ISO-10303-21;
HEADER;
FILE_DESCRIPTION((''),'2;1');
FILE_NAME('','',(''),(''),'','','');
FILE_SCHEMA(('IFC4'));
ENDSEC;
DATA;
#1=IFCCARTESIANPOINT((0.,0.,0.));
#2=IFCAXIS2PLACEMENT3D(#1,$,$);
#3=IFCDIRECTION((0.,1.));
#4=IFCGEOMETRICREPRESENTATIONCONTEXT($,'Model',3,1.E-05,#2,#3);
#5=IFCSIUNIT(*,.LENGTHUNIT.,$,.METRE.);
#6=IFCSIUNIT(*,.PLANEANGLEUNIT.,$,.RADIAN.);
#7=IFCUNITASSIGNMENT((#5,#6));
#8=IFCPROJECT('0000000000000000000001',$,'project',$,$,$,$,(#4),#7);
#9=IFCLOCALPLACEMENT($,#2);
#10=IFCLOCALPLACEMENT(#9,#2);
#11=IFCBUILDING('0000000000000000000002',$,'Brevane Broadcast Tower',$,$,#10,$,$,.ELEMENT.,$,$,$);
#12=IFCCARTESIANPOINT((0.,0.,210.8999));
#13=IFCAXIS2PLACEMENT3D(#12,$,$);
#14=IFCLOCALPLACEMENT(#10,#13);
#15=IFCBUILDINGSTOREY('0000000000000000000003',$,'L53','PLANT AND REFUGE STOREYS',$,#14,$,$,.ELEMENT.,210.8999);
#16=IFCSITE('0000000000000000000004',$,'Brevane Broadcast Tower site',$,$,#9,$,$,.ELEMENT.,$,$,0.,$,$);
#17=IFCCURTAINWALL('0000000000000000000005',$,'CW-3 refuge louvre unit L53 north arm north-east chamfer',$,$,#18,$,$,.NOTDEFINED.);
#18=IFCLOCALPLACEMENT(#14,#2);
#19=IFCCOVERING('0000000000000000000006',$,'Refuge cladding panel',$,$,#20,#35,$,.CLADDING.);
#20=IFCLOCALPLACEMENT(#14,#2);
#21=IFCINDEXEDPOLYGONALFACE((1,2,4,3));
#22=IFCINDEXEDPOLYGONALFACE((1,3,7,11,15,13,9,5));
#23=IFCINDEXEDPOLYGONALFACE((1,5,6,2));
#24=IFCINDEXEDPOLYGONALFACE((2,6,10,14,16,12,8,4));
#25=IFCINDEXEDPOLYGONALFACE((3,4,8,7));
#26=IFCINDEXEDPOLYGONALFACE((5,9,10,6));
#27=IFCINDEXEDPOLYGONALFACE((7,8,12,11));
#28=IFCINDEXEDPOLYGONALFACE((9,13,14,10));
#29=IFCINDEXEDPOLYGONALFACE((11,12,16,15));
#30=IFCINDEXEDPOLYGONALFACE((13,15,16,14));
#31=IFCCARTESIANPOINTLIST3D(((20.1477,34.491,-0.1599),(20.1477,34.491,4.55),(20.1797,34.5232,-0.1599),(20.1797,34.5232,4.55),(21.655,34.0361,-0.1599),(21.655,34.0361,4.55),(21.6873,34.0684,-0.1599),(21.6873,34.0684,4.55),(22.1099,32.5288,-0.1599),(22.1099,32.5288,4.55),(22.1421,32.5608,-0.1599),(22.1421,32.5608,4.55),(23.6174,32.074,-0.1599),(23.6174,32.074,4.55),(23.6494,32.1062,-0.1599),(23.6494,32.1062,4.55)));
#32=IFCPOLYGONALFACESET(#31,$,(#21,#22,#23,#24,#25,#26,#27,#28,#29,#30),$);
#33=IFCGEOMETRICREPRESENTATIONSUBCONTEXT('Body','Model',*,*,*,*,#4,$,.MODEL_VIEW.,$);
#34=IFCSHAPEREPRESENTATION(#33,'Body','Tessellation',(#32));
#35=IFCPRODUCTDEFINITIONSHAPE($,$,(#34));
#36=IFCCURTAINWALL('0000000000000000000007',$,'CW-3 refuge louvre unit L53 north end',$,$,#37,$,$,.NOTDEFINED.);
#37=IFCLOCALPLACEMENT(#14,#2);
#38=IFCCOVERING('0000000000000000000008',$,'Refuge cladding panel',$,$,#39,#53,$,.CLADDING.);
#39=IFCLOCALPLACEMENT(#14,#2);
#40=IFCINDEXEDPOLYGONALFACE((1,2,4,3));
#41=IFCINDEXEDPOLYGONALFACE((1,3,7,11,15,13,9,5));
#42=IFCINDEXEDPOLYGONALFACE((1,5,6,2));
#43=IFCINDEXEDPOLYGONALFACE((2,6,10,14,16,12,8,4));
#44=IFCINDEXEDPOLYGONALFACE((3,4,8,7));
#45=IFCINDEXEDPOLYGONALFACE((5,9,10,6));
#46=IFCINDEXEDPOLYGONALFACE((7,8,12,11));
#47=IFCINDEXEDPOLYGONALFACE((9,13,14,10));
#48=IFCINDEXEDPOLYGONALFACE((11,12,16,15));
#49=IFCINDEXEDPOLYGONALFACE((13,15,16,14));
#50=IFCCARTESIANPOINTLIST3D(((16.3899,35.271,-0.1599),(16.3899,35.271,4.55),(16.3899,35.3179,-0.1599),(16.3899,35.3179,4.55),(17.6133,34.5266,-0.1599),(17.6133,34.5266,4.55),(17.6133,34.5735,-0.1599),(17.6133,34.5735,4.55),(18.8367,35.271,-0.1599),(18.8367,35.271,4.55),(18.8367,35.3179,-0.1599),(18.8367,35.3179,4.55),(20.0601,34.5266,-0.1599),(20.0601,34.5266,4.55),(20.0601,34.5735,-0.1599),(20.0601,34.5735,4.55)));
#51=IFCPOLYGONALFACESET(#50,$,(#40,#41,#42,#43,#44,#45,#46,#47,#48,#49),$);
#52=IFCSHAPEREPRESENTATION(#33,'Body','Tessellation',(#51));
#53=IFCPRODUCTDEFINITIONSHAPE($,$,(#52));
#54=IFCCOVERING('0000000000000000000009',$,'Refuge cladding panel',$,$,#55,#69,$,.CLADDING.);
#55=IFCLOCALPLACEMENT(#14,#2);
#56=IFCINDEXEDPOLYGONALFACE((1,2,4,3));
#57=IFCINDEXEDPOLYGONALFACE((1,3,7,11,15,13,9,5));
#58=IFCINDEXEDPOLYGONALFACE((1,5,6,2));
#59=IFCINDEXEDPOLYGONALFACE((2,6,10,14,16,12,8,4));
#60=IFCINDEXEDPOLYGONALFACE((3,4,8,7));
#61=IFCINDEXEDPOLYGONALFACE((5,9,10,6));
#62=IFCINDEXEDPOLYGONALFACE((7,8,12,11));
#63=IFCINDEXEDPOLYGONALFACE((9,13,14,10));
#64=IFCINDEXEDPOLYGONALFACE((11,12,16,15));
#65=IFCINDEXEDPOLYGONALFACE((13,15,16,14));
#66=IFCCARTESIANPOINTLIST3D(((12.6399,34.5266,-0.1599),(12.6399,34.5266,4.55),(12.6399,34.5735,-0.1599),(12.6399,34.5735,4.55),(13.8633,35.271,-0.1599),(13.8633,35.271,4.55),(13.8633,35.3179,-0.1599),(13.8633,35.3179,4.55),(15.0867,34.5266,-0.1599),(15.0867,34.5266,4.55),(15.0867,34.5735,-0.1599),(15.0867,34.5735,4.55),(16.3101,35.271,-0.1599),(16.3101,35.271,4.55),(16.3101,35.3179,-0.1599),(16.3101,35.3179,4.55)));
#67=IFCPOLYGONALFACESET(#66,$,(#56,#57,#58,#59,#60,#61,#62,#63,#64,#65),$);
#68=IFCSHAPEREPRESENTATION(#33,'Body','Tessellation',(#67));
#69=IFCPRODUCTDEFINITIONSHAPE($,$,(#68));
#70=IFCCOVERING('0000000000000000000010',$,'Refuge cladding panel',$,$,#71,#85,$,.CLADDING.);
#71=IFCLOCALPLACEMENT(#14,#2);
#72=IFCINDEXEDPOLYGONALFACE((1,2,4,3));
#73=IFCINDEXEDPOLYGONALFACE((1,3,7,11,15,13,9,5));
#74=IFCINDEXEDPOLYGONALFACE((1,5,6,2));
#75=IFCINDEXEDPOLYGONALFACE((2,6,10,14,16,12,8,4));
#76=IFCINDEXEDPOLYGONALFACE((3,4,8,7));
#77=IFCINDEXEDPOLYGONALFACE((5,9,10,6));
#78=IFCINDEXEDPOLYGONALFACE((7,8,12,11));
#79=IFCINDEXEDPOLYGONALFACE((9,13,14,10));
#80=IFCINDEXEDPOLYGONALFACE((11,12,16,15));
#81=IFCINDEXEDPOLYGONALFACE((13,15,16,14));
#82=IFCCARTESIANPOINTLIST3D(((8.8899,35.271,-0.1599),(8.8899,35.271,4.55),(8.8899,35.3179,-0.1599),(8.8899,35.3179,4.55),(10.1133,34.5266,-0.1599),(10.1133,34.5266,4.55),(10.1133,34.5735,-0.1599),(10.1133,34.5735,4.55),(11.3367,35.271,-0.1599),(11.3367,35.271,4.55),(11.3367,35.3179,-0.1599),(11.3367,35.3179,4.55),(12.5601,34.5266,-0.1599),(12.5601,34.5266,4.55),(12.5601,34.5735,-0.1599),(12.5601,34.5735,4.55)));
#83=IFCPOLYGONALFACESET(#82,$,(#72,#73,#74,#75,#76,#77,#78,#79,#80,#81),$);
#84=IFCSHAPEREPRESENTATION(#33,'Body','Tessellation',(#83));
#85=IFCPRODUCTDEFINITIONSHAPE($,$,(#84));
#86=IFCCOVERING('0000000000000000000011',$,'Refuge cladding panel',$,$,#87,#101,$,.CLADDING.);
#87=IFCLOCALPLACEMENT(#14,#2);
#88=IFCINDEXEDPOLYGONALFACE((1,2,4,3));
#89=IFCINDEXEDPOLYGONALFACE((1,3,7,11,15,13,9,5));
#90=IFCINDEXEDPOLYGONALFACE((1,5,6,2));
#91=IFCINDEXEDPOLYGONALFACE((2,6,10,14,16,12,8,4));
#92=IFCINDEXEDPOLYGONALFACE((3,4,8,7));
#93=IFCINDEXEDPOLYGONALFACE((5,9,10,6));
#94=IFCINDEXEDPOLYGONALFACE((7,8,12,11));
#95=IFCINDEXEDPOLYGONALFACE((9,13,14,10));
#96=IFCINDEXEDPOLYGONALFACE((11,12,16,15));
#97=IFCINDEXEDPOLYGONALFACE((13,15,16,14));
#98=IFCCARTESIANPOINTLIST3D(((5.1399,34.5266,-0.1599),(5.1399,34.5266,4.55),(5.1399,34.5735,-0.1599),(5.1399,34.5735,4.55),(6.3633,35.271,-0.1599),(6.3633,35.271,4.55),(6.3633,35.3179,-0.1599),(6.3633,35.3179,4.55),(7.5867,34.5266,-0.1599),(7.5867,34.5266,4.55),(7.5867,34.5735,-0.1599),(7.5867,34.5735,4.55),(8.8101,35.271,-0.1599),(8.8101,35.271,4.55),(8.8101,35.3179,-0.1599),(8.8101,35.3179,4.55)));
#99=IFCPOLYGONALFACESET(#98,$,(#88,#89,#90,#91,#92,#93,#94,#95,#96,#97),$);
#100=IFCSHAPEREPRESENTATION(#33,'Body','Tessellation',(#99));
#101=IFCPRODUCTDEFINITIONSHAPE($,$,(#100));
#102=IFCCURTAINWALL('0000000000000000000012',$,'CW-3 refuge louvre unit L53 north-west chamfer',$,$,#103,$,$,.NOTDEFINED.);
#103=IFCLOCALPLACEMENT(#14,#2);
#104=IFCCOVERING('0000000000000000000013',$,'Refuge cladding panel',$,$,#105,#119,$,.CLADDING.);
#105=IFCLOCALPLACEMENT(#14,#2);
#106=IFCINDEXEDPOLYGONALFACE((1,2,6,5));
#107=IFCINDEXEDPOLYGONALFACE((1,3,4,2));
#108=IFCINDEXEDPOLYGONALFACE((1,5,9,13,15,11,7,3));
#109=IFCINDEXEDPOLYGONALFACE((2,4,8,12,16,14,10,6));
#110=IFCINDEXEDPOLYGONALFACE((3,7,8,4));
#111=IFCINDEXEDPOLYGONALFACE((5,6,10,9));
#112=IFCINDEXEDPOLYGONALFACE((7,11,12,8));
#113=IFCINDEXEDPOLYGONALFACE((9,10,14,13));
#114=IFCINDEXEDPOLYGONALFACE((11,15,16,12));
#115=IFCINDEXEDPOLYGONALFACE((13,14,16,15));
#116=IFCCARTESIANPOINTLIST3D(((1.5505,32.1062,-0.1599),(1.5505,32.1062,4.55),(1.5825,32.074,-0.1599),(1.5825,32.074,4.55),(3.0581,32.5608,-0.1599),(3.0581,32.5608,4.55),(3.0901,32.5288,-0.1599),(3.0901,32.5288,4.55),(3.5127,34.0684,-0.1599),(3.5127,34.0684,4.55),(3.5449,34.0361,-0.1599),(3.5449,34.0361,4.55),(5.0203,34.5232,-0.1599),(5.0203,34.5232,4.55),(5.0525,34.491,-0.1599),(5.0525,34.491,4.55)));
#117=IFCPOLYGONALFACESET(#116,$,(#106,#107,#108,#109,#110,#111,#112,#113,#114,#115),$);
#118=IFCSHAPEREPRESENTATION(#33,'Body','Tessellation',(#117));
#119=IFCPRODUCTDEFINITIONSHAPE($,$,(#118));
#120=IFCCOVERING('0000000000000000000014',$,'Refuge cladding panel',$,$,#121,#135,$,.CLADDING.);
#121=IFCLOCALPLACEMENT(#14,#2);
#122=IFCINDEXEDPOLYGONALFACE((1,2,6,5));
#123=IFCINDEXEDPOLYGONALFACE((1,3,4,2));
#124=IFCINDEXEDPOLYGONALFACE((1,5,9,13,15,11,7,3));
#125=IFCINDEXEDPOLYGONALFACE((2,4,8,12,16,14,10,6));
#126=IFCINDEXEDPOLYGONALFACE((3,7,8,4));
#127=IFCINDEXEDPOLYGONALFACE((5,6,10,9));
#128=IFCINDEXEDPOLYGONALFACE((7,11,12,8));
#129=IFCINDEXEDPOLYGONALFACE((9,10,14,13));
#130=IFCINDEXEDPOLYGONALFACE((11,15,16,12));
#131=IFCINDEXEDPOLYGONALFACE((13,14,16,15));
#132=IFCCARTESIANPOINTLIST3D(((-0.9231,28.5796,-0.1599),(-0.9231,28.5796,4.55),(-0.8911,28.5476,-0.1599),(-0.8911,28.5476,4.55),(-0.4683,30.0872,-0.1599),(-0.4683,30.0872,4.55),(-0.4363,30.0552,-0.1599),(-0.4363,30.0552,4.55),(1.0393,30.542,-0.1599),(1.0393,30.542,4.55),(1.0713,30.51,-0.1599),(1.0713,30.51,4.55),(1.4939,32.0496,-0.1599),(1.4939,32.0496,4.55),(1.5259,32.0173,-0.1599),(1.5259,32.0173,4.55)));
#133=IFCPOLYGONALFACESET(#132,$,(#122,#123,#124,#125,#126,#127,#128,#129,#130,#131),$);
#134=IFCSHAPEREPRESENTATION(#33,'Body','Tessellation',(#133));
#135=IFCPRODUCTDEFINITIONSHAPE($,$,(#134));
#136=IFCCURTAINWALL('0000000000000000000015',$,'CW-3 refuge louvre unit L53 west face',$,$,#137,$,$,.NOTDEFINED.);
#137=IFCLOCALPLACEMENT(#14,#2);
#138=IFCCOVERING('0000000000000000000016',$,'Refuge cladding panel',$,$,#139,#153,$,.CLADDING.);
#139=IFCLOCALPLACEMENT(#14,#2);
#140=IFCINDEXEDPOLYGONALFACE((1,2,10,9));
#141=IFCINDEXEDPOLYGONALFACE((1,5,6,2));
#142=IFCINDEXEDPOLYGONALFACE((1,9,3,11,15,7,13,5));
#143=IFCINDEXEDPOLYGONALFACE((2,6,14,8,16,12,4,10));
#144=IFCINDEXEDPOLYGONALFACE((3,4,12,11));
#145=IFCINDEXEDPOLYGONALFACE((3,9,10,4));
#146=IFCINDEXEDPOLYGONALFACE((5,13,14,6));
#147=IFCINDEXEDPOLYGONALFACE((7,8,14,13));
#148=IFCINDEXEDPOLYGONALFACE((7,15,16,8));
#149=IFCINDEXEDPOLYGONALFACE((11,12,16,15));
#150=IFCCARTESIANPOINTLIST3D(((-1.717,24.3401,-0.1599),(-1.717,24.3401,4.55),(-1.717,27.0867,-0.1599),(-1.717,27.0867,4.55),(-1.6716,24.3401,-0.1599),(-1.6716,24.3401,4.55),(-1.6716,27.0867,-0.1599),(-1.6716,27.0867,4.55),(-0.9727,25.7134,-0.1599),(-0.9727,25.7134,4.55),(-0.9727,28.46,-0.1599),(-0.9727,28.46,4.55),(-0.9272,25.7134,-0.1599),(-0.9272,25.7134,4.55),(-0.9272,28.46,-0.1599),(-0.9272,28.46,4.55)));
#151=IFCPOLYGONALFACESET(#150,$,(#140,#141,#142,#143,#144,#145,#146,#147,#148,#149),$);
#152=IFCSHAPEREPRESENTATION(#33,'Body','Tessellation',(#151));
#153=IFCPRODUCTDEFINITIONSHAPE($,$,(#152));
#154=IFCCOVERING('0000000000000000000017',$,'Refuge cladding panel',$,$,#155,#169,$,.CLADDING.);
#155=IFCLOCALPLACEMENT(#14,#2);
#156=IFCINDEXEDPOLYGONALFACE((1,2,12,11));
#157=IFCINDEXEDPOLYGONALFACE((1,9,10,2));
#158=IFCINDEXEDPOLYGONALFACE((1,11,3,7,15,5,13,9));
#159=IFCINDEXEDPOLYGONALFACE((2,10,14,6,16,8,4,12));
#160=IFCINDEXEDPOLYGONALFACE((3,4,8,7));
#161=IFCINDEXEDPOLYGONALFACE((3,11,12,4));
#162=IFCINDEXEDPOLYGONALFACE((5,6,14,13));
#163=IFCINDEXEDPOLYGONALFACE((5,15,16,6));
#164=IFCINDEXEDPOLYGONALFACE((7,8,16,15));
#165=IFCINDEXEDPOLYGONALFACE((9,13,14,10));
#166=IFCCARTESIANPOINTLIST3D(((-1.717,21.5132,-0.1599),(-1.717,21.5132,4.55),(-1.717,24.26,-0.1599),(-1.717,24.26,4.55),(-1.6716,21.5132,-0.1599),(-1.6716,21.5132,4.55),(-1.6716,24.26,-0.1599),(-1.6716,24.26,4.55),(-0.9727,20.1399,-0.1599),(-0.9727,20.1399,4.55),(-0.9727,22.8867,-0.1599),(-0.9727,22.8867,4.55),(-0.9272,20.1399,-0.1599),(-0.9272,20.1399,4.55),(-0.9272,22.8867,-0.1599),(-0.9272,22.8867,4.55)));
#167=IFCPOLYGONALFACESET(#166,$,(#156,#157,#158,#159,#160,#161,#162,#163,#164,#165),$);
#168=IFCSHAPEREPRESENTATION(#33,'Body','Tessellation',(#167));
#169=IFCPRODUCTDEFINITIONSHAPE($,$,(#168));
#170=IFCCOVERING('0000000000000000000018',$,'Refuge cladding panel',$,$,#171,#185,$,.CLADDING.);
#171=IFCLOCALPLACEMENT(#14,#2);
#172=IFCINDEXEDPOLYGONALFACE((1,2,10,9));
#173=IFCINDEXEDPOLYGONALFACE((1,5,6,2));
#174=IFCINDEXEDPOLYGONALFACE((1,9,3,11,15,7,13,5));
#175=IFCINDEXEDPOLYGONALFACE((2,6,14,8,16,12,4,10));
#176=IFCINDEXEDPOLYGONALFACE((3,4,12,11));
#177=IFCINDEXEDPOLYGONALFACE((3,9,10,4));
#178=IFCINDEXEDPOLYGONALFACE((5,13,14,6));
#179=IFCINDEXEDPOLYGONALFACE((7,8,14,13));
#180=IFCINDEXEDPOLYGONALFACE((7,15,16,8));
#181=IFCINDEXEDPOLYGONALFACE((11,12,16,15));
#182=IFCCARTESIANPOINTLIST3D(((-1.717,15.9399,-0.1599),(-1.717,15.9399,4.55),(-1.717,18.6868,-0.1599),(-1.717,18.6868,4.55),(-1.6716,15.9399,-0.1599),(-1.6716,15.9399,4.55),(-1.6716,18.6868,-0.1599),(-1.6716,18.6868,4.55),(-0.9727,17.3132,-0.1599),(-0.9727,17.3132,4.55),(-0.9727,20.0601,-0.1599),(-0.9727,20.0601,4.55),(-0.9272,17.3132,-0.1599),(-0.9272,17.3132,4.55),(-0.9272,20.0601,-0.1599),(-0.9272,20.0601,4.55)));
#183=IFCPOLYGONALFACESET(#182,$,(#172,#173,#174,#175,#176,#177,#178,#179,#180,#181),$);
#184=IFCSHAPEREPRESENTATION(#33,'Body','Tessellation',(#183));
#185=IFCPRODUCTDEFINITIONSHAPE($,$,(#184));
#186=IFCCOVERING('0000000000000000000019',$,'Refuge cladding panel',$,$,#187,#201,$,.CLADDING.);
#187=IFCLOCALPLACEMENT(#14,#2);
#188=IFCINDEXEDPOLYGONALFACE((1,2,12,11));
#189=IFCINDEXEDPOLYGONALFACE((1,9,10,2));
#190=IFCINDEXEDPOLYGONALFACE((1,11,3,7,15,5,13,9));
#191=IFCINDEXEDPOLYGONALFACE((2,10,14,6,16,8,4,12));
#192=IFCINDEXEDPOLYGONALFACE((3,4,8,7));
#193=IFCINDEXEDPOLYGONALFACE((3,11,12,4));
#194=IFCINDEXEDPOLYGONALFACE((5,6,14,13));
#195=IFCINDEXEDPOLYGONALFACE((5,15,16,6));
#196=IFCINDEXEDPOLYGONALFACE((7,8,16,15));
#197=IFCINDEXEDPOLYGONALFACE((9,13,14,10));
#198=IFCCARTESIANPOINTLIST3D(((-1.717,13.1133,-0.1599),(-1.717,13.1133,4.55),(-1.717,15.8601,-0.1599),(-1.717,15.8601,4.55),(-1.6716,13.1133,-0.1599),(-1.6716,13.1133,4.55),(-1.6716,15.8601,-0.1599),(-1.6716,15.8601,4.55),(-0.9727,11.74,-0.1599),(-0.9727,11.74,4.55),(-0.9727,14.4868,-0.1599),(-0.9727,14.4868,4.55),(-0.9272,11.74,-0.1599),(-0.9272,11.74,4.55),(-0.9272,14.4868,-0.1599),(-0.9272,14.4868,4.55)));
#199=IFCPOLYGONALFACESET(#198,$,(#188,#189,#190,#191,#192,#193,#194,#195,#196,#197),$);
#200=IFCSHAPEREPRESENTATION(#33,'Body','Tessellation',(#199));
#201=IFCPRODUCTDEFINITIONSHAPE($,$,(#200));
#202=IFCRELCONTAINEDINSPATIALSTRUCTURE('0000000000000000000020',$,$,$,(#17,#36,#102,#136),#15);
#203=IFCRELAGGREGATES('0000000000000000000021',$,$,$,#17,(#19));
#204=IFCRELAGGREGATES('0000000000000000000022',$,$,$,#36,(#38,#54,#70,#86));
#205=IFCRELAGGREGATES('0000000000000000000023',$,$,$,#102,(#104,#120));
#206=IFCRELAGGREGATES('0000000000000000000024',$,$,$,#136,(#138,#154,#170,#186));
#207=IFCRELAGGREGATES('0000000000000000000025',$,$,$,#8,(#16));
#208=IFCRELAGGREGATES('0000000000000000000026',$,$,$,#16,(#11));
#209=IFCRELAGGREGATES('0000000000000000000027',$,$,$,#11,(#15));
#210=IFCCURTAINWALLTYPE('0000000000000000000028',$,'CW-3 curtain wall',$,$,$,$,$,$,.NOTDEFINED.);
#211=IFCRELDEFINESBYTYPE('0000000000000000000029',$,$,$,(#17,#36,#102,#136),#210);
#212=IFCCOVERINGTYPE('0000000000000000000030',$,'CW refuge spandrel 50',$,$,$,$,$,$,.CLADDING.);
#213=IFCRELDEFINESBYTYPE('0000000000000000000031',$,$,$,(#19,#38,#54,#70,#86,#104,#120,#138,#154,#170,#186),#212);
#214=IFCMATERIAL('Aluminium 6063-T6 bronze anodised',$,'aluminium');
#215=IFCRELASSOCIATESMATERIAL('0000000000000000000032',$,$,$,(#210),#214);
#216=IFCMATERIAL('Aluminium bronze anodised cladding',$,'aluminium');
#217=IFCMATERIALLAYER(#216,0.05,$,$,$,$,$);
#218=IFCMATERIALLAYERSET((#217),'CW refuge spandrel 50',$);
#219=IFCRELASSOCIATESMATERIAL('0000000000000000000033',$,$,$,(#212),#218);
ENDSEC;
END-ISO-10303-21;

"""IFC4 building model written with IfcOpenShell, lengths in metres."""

from ifc_helpers import new_model, si_unit, direction, frame, origin, place, context, subcontext, project, spatial, polyline, outline, extrude, material, layer, layer_set, type_object, element, aggregate, save


model = new_model("IFC4")

# Units and contexts
model_context = context("Model", 3, precision=1e-05, world=origin(), true_north=direction((0.0, 1.0)))
body_context = subcontext(model_context, "Body", "Model", "MODEL_VIEW")
ifc_project = project(units=[si_unit("LENGTHUNIT", "METRE"), si_unit("PLANEANGLEUNIT", "RADIAN")], contexts=[model_context])

# Site, building, storey
site_placement = place(None, origin())
site = spatial("IfcSite", under=ifc_project, at=site_placement, Name="Brevane Broadcast Tower site", CompositionType="ELEMENT", RefElevation=0.0)
building_placement = place(site_placement, origin())
building = spatial("IfcBuilding", under=site, at=building_placement, Name="Brevane Broadcast Tower", CompositionType="ELEMENT")
storey_placement = place(building_placement, frame((0.0, 0.0, 210.8999)))
storey = spatial("IfcBuildingStorey", under=building, at=storey_placement, Name="L53", Description="PLANT AND REFUGE STOREYS", CompositionType="ELEMENT", Elevation=210.8999)

# Shared definitions
ifc_material_1 = material(Name="Aluminium 6063-T6 bronze anodised", Category="aluminium")
curtain_wall_type = type_object("IfcCurtainWallType", Name="CW-3 curtain wall", PredefinedType="NOTDEFINED", material=ifc_material_1)

# Curtain walls, coverings
ifc_material_2 = material(Name="Aluminium bronze anodised cladding", Category="aluminium")
ifc_layer = layer(ifc_material_2, 0.05)
ifc_layer_set = layer_set([ifc_layer], Name="CW refuge spandrel 50")
covering_type = type_object("IfcCoveringType", Name="CW refuge spandrel 50", PredefinedType="CLADDING", material=ifc_layer_set)
curtain_wall_1_placement = place(storey_placement, origin())
curtain_wall_1 = element("IfcCurtainWall", 1, at=curtain_wall_1_placement, inside=storey, type_object=curtain_wall_type, Name="CW-3 refuge louvre unit L53 north arm north-east chamfer", PredefinedType="NOTDEFINED")
covering_1_placement = place(storey_placement, frame((0.0, 0.0, -0.1599)))
covering_1 = element("IfcCovering", 2, at=covering_1_placement, type_object=covering_type, Name="Refuge cladding panel", PredefinedType="CLADDING", context=body_context, shape_type="SweptSolid", body=[
    extrude(outline(polyline([(23.6174, 32.074), (23.6494, 32.1062), (22.1421, 32.5608), (21.6873, 34.0684), (20.1797, 34.5232), (20.1477, 34.491), (21.655, 34.0361), (22.1099, 32.5288), (23.6174, 32.074)])), origin(), (0.0, 0.0, 1.0), 4.71),
])
aggregate(curtain_wall_1, [covering_1])
curtain_wall_2_placement = place(storey_placement, origin())
curtain_wall_2 = element("IfcCurtainWall", 3, at=curtain_wall_2_placement, inside=storey, type_object=curtain_wall_type, Name="CW-3 refuge louvre unit L53 north end", PredefinedType="NOTDEFINED")
covering_2_placement = place(storey_placement, frame((0.0, 0.0, -0.1599)))
covering_2 = element("IfcCovering", 4, at=covering_2_placement, type_object=covering_type, Name="Refuge cladding panel", PredefinedType="CLADDING", context=body_context, shape_type="SweptSolid", body=[
    extrude(outline(polyline([(20.0601, 34.5266), (20.0601, 34.5735), (18.8367, 35.3179), (17.6133, 34.5735), (16.3899, 35.3179), (16.3899, 35.271), (17.6133, 34.5266), (18.8367, 35.271), (20.0601, 34.5266)])), origin(), (0.0, 0.0, 1.0), 4.71),
])
covering_3_placement = place(storey_placement, frame((0.0, 0.0, -0.1599)))
covering_3 = element("IfcCovering", 5, at=covering_3_placement, type_object=covering_type, Name="Refuge cladding panel", PredefinedType="CLADDING", context=body_context, shape_type="SweptSolid", body=[
    extrude(outline(polyline([(16.3101, 35.271), (16.3101, 35.3179), (15.0867, 34.5735), (13.8633, 35.3179), (12.6399, 34.5735), (12.6399, 34.5266), (13.8633, 35.271), (15.0867, 34.5266), (16.3101, 35.271)])), origin(), (0.0, 0.0, 1.0), 4.71),
])
covering_4_placement = place(storey_placement, frame((0.0, 0.0, -0.1599)))
covering_4 = element("IfcCovering", 6, at=covering_4_placement, type_object=covering_type, Name="Refuge cladding panel", PredefinedType="CLADDING", context=body_context, shape_type="SweptSolid", body=[
    extrude(outline(polyline([(12.5601, 34.5266), (12.5601, 34.5735), (11.3367, 35.3179), (10.1133, 34.5735), (8.8899, 35.3179), (8.8899, 35.271), (10.1133, 34.5266), (11.3367, 35.271), (12.5601, 34.5266)])), origin(), (0.0, 0.0, 1.0), 4.71),
])
covering_5_placement = place(storey_placement, frame((0.0, 0.0, -0.1599)))
covering_5 = element("IfcCovering", 7, at=covering_5_placement, type_object=covering_type, Name="Refuge cladding panel", PredefinedType="CLADDING", context=body_context, shape_type="SweptSolid", body=[
    extrude(outline(polyline([(8.8101, 35.271), (8.8101, 35.3179), (7.5867, 34.5735), (6.3633, 35.3179), (5.1399, 34.5735), (5.1399, 34.5266), (6.3633, 35.271), (7.5867, 34.5266), (8.8101, 35.271)])), origin(), (0.0, 0.0, 1.0), 4.71),
])
aggregate(curtain_wall_2, [covering_2, covering_3, covering_4, covering_5])
curtain_wall_3_placement = place(storey_placement, origin())
curtain_wall_3 = element("IfcCurtainWall", 8, at=curtain_wall_3_placement, inside=storey, type_object=curtain_wall_type, Name="CW-3 refuge louvre unit L53 north-west chamfer", PredefinedType="NOTDEFINED")
covering_6_placement = place(storey_placement, frame((0.0, 0.0, -0.1599)))
covering_6 = element("IfcCovering", 9, at=covering_6_placement, type_object=covering_type, Name="Refuge cladding panel", PredefinedType="CLADDING", context=body_context, shape_type="SweptSolid", body=[
    extrude(outline(polyline([(5.0525, 34.491), (5.0203, 34.5232), (3.5127, 34.0684), (3.0581, 32.5608), (1.5505, 32.1062), (1.5825, 32.074), (3.0901, 32.5288), (3.5449, 34.0361), (5.0525, 34.491)])), origin(), (0.0, 0.0, 1.0), 4.71),
])
covering_7_placement = place(storey_placement, frame((0.0, 0.0, -0.1599)))
covering_7 = element("IfcCovering", 10, at=covering_7_placement, type_object=covering_type, Name="Refuge cladding panel", PredefinedType="CLADDING", context=body_context, shape_type="SweptSolid", body=[
    extrude(outline(polyline([(1.5259, 32.0173), (1.4939, 32.0496), (1.0393, 30.542), (-0.4683, 30.0872), (-0.9231, 28.5796), (-0.8911, 28.5476), (-0.4363, 30.0552), (1.0713, 30.51), (1.5259, 32.0173)])), origin(), (0.0, 0.0, 1.0), 4.71),
])
aggregate(curtain_wall_3, [covering_6, covering_7])
curtain_wall_4_placement = place(storey_placement, origin())
curtain_wall_4 = element("IfcCurtainWall", 11, at=curtain_wall_4_placement, inside=storey, type_object=curtain_wall_type, Name="CW-3 refuge louvre unit L53 west face", PredefinedType="NOTDEFINED")
covering_8_placement = place(storey_placement, frame((0.0, 0.0, -0.1599)))
covering_8 = element("IfcCovering", 12, at=covering_8_placement, type_object=covering_type, Name="Refuge cladding panel", PredefinedType="CLADDING", context=body_context, shape_type="SweptSolid", body=[
    extrude(outline(polyline([(-0.9272, 28.46), (-0.9727, 28.46), (-1.717, 27.0867), (-0.9727, 25.7134), (-1.717, 24.3401), (-1.6716, 24.3401), (-0.9272, 25.7134), (-1.6716, 27.0867), (-0.9272, 28.46)])), origin(), (0.0, 0.0, 1.0), 4.71),
])
covering_9_placement = place(storey_placement, frame((0.0, 0.0, -0.1599)))
covering_9 = element("IfcCovering", 13, at=covering_9_placement, type_object=covering_type, Name="Refuge cladding panel", PredefinedType="CLADDING", context=body_context, shape_type="SweptSolid", body=[
    extrude(outline(polyline([(-1.6716, 24.26), (-1.717, 24.26), (-0.9727, 22.8867), (-1.717, 21.5132), (-0.9727, 20.1399), (-0.9272, 20.1399), (-1.6716, 21.5132), (-0.9272, 22.8867), (-1.6716, 24.26)])), origin(), (0.0, 0.0, 1.0), 4.71),
])
covering_10_placement = place(storey_placement, frame((0.0, 0.0, -0.1599)))
covering_10 = element("IfcCovering", 14, at=covering_10_placement, type_object=covering_type, Name="Refuge cladding panel", PredefinedType="CLADDING", context=body_context, shape_type="SweptSolid", body=[
    extrude(outline(polyline([(-0.9272, 20.0601), (-0.9727, 20.0601), (-1.717, 18.6868), (-0.9727, 17.3132), (-1.717, 15.9399), (-1.6716, 15.9399), (-0.9272, 17.3132), (-1.6716, 18.6868), (-0.9272, 20.0601)])), origin(), (0.0, 0.0, 1.0), 4.71),
])
covering_11_placement = place(storey_placement, frame((0.0, 0.0, -0.1599)))
covering_11 = element("IfcCovering", 15, at=covering_11_placement, type_object=covering_type, Name="Refuge cladding panel", PredefinedType="CLADDING", context=body_context, shape_type="SweptSolid", body=[
    extrude(outline(polyline([(-1.6716, 15.8601), (-1.717, 15.8601), (-0.9727, 14.4868), (-1.717, 13.1133), (-0.9727, 11.74), (-0.9272, 11.74), (-1.6716, 13.1133), (-0.9272, 14.4868), (-1.6716, 15.8601)])), origin(), (0.0, 0.0, 1.0), 4.71),
])
aggregate(curtain_wall_4, [covering_8, covering_9, covering_10, covering_11])

save(model, "model.ifc")
